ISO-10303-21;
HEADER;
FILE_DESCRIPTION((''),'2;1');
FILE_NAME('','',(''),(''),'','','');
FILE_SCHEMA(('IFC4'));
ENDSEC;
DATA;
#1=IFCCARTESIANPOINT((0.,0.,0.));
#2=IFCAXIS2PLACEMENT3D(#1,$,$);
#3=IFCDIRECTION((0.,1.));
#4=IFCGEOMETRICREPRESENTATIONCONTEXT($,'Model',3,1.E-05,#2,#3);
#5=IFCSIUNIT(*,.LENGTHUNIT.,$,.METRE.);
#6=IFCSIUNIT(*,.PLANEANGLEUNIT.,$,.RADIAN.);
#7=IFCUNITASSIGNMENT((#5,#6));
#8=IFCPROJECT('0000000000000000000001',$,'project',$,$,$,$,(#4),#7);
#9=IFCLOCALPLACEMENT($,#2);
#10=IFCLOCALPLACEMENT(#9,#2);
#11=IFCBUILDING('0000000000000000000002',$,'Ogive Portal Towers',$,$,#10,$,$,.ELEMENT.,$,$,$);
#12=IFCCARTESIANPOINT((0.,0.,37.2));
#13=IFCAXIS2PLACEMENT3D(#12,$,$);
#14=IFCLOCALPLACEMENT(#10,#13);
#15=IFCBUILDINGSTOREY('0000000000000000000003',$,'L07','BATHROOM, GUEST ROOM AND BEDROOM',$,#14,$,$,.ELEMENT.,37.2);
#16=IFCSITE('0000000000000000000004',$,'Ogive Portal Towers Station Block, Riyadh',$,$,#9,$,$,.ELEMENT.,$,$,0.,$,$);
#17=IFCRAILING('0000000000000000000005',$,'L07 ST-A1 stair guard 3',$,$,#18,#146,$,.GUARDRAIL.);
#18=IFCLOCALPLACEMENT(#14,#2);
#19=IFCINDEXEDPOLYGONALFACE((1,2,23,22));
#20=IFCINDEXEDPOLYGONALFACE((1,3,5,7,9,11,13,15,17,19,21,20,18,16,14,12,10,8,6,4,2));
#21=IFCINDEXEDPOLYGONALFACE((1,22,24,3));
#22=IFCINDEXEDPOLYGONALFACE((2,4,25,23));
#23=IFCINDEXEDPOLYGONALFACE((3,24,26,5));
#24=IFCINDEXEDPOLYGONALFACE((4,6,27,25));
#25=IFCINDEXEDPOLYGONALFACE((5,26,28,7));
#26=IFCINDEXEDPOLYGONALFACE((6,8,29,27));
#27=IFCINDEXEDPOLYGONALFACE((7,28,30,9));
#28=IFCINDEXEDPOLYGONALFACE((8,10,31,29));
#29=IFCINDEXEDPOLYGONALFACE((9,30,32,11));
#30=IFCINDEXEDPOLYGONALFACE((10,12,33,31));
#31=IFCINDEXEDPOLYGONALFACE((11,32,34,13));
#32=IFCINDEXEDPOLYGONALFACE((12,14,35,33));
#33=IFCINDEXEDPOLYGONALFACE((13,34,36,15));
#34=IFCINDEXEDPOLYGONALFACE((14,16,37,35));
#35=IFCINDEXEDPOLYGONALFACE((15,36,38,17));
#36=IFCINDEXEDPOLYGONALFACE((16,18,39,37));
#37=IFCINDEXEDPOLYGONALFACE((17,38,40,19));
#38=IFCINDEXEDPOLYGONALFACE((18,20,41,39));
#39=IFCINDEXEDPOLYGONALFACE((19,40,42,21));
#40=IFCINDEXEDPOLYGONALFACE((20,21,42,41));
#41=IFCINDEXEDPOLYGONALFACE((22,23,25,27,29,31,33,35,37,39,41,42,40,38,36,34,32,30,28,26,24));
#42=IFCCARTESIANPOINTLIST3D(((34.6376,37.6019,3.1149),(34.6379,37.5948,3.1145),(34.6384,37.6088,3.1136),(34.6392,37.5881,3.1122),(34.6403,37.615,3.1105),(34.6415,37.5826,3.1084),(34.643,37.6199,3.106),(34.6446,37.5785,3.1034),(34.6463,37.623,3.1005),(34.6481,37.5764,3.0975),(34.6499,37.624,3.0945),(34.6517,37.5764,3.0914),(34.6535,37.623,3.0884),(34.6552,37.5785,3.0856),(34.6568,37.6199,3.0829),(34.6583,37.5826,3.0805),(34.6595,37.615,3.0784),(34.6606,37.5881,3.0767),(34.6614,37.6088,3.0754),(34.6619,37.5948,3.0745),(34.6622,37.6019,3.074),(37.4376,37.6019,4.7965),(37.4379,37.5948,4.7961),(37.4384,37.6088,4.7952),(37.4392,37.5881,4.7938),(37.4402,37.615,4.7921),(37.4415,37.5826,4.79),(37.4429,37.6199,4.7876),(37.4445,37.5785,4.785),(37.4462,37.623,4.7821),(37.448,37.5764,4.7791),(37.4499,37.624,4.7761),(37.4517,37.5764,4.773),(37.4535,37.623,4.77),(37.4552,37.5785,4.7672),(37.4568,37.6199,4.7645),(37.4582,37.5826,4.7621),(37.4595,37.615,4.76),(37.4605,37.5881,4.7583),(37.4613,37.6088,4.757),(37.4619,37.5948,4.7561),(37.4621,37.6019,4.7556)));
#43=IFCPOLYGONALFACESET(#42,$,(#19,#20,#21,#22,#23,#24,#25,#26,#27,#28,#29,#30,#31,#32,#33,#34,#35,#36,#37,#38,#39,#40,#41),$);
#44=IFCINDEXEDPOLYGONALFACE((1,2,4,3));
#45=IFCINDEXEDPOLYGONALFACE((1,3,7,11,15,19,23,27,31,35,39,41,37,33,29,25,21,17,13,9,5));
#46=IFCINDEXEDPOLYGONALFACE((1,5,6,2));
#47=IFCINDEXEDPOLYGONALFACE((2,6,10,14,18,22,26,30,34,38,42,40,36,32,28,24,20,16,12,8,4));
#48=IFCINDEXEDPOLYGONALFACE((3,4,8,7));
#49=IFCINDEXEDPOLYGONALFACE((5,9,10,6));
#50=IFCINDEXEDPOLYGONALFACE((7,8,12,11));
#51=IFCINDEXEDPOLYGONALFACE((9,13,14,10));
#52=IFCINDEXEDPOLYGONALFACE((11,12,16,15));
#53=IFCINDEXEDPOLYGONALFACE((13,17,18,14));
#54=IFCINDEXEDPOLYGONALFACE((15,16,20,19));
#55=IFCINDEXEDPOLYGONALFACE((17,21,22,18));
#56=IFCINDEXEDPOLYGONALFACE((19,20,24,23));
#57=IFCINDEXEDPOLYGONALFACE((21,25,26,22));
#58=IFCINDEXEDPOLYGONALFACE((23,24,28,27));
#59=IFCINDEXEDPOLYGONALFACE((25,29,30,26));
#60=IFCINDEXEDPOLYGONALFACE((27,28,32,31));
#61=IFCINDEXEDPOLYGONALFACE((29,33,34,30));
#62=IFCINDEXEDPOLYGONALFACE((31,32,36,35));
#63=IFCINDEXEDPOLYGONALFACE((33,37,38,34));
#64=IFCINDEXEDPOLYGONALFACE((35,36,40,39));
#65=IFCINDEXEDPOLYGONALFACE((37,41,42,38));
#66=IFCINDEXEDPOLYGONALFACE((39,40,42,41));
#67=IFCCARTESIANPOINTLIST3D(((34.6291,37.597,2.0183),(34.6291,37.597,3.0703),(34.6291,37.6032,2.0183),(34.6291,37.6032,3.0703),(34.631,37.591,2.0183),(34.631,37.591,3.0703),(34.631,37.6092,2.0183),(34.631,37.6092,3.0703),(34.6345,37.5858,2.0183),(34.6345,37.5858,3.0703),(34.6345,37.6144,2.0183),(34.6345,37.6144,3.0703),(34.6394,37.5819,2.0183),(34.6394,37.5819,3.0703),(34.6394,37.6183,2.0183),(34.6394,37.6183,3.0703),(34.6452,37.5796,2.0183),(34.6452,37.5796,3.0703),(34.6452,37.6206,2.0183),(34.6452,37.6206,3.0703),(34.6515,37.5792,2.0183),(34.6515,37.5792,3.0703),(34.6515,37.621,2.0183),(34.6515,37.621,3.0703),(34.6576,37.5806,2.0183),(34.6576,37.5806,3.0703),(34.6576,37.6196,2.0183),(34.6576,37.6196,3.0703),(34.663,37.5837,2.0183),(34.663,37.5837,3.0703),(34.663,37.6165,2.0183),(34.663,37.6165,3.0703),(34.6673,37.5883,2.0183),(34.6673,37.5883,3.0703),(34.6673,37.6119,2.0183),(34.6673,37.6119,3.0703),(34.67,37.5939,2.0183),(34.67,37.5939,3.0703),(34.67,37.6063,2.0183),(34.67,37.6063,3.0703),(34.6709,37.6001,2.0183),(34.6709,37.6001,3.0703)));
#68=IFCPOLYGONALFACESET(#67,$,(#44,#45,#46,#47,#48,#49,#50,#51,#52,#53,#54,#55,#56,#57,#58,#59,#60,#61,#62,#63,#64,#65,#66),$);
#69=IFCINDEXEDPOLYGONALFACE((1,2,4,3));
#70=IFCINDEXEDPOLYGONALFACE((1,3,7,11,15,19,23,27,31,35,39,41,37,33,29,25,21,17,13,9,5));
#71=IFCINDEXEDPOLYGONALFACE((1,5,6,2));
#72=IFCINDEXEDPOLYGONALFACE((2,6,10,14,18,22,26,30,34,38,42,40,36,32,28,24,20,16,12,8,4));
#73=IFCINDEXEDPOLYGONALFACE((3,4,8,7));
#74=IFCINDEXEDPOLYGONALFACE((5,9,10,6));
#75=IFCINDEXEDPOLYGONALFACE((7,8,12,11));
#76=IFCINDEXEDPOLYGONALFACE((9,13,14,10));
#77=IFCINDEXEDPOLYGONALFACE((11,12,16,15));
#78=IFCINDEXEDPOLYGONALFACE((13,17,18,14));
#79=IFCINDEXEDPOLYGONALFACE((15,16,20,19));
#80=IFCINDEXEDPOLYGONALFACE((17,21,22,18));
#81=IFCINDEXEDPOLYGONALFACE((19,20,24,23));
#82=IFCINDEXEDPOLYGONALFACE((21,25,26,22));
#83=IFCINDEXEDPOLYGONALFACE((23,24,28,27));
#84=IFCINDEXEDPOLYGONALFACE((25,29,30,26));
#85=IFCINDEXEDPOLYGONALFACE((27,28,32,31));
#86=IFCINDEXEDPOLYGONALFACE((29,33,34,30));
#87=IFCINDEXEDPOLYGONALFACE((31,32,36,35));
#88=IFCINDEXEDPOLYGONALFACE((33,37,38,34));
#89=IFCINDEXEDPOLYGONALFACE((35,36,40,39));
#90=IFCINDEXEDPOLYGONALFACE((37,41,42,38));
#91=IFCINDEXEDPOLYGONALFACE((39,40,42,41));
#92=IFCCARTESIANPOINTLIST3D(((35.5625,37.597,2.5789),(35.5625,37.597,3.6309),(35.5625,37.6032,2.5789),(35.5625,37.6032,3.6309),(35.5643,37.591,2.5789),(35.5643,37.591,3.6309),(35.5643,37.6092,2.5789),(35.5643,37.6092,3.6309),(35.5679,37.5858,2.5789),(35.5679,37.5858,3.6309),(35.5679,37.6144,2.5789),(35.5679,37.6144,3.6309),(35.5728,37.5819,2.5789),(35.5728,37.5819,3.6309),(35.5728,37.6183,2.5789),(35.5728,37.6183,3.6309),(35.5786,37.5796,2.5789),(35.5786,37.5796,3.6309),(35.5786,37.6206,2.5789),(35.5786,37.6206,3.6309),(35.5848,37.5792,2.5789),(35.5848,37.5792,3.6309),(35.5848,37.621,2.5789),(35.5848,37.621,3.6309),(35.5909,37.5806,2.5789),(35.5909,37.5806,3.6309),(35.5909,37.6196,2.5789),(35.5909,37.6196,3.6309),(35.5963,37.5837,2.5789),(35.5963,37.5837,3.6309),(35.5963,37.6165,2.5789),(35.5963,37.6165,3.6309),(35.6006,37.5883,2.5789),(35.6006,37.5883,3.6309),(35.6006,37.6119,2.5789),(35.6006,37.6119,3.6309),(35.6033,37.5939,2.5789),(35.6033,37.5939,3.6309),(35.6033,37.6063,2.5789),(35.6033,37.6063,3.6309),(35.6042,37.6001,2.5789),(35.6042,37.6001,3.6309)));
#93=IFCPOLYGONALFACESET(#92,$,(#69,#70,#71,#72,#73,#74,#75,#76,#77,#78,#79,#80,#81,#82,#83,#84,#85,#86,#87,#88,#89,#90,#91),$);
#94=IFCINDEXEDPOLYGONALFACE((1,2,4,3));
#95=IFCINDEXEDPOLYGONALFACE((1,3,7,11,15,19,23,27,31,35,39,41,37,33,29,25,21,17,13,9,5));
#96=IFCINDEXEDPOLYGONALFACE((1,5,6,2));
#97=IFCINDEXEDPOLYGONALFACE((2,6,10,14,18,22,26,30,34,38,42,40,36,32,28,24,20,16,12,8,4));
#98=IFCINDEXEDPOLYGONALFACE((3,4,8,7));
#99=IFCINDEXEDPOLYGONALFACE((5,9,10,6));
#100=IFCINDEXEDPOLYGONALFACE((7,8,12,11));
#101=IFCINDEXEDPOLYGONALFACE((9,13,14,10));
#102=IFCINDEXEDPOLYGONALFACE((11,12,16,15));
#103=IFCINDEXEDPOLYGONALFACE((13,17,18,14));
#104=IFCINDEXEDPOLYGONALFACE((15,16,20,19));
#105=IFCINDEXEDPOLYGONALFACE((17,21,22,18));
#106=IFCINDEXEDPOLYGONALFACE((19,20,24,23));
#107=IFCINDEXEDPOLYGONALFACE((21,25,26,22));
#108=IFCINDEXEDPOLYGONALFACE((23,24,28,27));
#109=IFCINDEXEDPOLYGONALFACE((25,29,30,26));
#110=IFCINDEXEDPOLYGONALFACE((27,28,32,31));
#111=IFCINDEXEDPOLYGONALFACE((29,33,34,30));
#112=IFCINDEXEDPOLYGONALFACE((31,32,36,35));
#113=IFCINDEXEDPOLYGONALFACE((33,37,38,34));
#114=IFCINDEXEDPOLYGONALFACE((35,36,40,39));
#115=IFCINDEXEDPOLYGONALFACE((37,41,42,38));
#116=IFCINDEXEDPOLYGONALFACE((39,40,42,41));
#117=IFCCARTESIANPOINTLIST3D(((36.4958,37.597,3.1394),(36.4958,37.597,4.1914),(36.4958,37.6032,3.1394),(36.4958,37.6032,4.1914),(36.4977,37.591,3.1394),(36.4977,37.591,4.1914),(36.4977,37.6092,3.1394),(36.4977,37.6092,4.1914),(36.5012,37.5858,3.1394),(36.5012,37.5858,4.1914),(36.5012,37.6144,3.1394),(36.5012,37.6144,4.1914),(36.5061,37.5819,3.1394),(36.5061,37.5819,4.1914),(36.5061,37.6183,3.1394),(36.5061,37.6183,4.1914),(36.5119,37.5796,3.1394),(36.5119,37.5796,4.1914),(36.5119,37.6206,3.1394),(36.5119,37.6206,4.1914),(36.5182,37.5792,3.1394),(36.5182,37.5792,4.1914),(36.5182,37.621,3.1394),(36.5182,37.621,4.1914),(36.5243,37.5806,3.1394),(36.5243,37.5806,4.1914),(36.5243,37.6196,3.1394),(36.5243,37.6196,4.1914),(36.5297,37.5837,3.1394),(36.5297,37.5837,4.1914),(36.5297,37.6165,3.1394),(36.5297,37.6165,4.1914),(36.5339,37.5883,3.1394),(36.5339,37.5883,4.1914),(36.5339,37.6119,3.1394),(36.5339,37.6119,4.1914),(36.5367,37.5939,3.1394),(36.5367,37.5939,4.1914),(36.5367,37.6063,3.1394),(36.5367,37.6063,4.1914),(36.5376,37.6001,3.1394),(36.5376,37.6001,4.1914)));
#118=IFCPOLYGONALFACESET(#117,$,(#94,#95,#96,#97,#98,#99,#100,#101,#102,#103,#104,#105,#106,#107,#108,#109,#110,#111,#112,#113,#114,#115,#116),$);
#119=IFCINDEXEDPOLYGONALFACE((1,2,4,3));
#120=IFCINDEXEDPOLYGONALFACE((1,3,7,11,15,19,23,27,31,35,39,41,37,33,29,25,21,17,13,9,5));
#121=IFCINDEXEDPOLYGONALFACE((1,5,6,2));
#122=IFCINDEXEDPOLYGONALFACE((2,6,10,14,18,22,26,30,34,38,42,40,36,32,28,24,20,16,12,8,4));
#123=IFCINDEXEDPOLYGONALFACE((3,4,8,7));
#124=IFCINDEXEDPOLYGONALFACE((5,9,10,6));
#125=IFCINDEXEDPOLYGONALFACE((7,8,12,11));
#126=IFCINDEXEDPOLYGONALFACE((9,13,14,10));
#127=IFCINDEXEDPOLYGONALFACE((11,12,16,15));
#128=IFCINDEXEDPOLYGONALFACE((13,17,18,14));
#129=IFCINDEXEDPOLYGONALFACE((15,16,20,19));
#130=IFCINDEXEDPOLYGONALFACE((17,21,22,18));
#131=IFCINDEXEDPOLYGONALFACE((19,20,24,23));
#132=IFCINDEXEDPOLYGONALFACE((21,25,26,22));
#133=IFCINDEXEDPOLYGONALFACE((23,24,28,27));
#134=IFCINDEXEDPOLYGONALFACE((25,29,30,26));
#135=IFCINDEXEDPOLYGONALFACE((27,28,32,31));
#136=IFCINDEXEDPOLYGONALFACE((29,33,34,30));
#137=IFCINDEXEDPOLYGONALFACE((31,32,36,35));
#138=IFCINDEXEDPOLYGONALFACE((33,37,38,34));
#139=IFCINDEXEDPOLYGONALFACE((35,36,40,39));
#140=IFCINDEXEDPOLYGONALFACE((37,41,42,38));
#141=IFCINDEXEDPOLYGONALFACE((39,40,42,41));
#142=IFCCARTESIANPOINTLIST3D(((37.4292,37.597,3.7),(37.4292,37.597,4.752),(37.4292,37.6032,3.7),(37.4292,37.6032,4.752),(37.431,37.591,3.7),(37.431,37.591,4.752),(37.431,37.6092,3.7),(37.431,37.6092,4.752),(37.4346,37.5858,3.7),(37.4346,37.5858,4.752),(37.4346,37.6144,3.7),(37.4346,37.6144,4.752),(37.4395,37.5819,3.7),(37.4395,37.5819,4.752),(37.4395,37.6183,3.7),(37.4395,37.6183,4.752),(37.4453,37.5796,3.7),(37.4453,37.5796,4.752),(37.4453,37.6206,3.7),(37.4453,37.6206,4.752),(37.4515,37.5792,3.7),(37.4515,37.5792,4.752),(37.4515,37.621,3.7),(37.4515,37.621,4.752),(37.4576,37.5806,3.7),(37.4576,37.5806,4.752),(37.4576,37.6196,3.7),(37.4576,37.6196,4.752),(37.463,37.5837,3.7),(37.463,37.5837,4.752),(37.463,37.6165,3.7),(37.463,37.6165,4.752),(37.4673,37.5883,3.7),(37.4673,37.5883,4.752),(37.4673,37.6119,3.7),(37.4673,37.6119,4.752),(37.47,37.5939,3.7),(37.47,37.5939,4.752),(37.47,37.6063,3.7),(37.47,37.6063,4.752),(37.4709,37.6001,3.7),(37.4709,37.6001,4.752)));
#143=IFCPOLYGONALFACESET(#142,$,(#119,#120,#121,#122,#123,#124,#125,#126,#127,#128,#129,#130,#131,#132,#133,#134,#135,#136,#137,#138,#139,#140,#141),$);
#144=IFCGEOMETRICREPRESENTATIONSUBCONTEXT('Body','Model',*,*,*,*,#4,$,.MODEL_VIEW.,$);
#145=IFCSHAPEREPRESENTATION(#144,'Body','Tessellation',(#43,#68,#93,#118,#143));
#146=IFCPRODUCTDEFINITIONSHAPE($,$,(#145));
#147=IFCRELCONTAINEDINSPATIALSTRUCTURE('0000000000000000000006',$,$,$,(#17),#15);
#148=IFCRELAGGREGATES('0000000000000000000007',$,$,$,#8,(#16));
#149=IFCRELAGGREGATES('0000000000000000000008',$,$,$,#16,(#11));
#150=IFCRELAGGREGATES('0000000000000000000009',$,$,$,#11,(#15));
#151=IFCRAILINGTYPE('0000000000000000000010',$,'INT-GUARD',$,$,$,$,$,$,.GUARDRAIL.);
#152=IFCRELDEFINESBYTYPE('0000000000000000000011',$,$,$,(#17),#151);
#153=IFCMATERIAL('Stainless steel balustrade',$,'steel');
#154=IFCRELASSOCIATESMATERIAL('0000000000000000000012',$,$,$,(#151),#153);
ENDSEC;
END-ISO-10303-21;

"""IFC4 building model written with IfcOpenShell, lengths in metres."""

from ifc_helpers import new_model, si_unit, direction, frame, origin, origin_2d, place, context, subcontext, project, spatial, circle, extrude, material, type_object, element, save


model = new_model("IFC4")

# Units and contexts
model_context = context("Model", 3, precision=1e-05, world=origin(), true_north=direction((0.0, 1.0)))
body_context = subcontext(model_context, "Body", "Model", "MODEL_VIEW")
ifc_project = project(units=[si_unit("LENGTHUNIT", "METRE"), si_unit("PLANEANGLEUNIT", "RADIAN")], contexts=[model_context])

# Site, building, storey
site_placement = place(None, origin())
site = spatial("IfcSite", under=ifc_project, at=site_placement, Name="Ogive Portal Towers Station Block, Riyadh", CompositionType="ELEMENT", RefElevation=0.0)
building_placement = place(site_placement, origin())
building = spatial("IfcBuilding", under=site, at=building_placement, Name="Ogive Portal Towers", CompositionType="ELEMENT")
storey_placement = place(building_placement, frame((0.0, 0.0, 37.2)))
storey = spatial("IfcBuildingStorey", under=building, at=storey_placement, Name="L07", Description="BATHROOM, GUEST ROOM AND BEDROOM", CompositionType="ELEMENT", Elevation=37.2)

# Railing
ifc_material_1 = material(Name="Stainless steel balustrade", Category="steel")
railing_type_1 = type_object("IfcRailingType", Name="INT-GUARD", PredefinedType="GUARDRAIL", material=ifc_material_1)
railing_1_placement = place(storey_placement, frame((34.6499, 37.6001, 2.0183)))
element("IfcRailing", 1, at=railing_1_placement, inside=storey, type_object=railing_type_1, Name="L07 ST-A1 stair guard 3", PredefinedType="GUARDRAIL", context=body_context, shape_type="SweptSolid", body=[
    extrude(circle(Radius=0.0239, at=origin_2d()), frame((0.0, 0.0, 1.0762), z_axis=(0.857275, 0.0, 0.514858), x_axis=(0.0, 1.0, 0.0)), (0.0, 0.0, 1.0), 3.2661),
    extrude(circle(Radius=0.021, at=origin_2d()), origin(), (0.0, 0.0, 1.0), 1.052),
    extrude(circle(Radius=0.021, at=origin_2d()), frame((0.9333, 0.0, 0.5605)), (0.0, 0.0, 1.0), 1.052),
    extrude(circle(Radius=0.021, at=origin_2d()), frame((1.8667, 0.0, 1.1211)), (0.0, 0.0, 1.0), 1.052),
    extrude(circle(Radius=0.021, at=origin_2d()), frame((2.8, 0.0, 1.6816)), (0.0, 0.0, 1.0), 1.052),
])

save(model, "model.ifc")
